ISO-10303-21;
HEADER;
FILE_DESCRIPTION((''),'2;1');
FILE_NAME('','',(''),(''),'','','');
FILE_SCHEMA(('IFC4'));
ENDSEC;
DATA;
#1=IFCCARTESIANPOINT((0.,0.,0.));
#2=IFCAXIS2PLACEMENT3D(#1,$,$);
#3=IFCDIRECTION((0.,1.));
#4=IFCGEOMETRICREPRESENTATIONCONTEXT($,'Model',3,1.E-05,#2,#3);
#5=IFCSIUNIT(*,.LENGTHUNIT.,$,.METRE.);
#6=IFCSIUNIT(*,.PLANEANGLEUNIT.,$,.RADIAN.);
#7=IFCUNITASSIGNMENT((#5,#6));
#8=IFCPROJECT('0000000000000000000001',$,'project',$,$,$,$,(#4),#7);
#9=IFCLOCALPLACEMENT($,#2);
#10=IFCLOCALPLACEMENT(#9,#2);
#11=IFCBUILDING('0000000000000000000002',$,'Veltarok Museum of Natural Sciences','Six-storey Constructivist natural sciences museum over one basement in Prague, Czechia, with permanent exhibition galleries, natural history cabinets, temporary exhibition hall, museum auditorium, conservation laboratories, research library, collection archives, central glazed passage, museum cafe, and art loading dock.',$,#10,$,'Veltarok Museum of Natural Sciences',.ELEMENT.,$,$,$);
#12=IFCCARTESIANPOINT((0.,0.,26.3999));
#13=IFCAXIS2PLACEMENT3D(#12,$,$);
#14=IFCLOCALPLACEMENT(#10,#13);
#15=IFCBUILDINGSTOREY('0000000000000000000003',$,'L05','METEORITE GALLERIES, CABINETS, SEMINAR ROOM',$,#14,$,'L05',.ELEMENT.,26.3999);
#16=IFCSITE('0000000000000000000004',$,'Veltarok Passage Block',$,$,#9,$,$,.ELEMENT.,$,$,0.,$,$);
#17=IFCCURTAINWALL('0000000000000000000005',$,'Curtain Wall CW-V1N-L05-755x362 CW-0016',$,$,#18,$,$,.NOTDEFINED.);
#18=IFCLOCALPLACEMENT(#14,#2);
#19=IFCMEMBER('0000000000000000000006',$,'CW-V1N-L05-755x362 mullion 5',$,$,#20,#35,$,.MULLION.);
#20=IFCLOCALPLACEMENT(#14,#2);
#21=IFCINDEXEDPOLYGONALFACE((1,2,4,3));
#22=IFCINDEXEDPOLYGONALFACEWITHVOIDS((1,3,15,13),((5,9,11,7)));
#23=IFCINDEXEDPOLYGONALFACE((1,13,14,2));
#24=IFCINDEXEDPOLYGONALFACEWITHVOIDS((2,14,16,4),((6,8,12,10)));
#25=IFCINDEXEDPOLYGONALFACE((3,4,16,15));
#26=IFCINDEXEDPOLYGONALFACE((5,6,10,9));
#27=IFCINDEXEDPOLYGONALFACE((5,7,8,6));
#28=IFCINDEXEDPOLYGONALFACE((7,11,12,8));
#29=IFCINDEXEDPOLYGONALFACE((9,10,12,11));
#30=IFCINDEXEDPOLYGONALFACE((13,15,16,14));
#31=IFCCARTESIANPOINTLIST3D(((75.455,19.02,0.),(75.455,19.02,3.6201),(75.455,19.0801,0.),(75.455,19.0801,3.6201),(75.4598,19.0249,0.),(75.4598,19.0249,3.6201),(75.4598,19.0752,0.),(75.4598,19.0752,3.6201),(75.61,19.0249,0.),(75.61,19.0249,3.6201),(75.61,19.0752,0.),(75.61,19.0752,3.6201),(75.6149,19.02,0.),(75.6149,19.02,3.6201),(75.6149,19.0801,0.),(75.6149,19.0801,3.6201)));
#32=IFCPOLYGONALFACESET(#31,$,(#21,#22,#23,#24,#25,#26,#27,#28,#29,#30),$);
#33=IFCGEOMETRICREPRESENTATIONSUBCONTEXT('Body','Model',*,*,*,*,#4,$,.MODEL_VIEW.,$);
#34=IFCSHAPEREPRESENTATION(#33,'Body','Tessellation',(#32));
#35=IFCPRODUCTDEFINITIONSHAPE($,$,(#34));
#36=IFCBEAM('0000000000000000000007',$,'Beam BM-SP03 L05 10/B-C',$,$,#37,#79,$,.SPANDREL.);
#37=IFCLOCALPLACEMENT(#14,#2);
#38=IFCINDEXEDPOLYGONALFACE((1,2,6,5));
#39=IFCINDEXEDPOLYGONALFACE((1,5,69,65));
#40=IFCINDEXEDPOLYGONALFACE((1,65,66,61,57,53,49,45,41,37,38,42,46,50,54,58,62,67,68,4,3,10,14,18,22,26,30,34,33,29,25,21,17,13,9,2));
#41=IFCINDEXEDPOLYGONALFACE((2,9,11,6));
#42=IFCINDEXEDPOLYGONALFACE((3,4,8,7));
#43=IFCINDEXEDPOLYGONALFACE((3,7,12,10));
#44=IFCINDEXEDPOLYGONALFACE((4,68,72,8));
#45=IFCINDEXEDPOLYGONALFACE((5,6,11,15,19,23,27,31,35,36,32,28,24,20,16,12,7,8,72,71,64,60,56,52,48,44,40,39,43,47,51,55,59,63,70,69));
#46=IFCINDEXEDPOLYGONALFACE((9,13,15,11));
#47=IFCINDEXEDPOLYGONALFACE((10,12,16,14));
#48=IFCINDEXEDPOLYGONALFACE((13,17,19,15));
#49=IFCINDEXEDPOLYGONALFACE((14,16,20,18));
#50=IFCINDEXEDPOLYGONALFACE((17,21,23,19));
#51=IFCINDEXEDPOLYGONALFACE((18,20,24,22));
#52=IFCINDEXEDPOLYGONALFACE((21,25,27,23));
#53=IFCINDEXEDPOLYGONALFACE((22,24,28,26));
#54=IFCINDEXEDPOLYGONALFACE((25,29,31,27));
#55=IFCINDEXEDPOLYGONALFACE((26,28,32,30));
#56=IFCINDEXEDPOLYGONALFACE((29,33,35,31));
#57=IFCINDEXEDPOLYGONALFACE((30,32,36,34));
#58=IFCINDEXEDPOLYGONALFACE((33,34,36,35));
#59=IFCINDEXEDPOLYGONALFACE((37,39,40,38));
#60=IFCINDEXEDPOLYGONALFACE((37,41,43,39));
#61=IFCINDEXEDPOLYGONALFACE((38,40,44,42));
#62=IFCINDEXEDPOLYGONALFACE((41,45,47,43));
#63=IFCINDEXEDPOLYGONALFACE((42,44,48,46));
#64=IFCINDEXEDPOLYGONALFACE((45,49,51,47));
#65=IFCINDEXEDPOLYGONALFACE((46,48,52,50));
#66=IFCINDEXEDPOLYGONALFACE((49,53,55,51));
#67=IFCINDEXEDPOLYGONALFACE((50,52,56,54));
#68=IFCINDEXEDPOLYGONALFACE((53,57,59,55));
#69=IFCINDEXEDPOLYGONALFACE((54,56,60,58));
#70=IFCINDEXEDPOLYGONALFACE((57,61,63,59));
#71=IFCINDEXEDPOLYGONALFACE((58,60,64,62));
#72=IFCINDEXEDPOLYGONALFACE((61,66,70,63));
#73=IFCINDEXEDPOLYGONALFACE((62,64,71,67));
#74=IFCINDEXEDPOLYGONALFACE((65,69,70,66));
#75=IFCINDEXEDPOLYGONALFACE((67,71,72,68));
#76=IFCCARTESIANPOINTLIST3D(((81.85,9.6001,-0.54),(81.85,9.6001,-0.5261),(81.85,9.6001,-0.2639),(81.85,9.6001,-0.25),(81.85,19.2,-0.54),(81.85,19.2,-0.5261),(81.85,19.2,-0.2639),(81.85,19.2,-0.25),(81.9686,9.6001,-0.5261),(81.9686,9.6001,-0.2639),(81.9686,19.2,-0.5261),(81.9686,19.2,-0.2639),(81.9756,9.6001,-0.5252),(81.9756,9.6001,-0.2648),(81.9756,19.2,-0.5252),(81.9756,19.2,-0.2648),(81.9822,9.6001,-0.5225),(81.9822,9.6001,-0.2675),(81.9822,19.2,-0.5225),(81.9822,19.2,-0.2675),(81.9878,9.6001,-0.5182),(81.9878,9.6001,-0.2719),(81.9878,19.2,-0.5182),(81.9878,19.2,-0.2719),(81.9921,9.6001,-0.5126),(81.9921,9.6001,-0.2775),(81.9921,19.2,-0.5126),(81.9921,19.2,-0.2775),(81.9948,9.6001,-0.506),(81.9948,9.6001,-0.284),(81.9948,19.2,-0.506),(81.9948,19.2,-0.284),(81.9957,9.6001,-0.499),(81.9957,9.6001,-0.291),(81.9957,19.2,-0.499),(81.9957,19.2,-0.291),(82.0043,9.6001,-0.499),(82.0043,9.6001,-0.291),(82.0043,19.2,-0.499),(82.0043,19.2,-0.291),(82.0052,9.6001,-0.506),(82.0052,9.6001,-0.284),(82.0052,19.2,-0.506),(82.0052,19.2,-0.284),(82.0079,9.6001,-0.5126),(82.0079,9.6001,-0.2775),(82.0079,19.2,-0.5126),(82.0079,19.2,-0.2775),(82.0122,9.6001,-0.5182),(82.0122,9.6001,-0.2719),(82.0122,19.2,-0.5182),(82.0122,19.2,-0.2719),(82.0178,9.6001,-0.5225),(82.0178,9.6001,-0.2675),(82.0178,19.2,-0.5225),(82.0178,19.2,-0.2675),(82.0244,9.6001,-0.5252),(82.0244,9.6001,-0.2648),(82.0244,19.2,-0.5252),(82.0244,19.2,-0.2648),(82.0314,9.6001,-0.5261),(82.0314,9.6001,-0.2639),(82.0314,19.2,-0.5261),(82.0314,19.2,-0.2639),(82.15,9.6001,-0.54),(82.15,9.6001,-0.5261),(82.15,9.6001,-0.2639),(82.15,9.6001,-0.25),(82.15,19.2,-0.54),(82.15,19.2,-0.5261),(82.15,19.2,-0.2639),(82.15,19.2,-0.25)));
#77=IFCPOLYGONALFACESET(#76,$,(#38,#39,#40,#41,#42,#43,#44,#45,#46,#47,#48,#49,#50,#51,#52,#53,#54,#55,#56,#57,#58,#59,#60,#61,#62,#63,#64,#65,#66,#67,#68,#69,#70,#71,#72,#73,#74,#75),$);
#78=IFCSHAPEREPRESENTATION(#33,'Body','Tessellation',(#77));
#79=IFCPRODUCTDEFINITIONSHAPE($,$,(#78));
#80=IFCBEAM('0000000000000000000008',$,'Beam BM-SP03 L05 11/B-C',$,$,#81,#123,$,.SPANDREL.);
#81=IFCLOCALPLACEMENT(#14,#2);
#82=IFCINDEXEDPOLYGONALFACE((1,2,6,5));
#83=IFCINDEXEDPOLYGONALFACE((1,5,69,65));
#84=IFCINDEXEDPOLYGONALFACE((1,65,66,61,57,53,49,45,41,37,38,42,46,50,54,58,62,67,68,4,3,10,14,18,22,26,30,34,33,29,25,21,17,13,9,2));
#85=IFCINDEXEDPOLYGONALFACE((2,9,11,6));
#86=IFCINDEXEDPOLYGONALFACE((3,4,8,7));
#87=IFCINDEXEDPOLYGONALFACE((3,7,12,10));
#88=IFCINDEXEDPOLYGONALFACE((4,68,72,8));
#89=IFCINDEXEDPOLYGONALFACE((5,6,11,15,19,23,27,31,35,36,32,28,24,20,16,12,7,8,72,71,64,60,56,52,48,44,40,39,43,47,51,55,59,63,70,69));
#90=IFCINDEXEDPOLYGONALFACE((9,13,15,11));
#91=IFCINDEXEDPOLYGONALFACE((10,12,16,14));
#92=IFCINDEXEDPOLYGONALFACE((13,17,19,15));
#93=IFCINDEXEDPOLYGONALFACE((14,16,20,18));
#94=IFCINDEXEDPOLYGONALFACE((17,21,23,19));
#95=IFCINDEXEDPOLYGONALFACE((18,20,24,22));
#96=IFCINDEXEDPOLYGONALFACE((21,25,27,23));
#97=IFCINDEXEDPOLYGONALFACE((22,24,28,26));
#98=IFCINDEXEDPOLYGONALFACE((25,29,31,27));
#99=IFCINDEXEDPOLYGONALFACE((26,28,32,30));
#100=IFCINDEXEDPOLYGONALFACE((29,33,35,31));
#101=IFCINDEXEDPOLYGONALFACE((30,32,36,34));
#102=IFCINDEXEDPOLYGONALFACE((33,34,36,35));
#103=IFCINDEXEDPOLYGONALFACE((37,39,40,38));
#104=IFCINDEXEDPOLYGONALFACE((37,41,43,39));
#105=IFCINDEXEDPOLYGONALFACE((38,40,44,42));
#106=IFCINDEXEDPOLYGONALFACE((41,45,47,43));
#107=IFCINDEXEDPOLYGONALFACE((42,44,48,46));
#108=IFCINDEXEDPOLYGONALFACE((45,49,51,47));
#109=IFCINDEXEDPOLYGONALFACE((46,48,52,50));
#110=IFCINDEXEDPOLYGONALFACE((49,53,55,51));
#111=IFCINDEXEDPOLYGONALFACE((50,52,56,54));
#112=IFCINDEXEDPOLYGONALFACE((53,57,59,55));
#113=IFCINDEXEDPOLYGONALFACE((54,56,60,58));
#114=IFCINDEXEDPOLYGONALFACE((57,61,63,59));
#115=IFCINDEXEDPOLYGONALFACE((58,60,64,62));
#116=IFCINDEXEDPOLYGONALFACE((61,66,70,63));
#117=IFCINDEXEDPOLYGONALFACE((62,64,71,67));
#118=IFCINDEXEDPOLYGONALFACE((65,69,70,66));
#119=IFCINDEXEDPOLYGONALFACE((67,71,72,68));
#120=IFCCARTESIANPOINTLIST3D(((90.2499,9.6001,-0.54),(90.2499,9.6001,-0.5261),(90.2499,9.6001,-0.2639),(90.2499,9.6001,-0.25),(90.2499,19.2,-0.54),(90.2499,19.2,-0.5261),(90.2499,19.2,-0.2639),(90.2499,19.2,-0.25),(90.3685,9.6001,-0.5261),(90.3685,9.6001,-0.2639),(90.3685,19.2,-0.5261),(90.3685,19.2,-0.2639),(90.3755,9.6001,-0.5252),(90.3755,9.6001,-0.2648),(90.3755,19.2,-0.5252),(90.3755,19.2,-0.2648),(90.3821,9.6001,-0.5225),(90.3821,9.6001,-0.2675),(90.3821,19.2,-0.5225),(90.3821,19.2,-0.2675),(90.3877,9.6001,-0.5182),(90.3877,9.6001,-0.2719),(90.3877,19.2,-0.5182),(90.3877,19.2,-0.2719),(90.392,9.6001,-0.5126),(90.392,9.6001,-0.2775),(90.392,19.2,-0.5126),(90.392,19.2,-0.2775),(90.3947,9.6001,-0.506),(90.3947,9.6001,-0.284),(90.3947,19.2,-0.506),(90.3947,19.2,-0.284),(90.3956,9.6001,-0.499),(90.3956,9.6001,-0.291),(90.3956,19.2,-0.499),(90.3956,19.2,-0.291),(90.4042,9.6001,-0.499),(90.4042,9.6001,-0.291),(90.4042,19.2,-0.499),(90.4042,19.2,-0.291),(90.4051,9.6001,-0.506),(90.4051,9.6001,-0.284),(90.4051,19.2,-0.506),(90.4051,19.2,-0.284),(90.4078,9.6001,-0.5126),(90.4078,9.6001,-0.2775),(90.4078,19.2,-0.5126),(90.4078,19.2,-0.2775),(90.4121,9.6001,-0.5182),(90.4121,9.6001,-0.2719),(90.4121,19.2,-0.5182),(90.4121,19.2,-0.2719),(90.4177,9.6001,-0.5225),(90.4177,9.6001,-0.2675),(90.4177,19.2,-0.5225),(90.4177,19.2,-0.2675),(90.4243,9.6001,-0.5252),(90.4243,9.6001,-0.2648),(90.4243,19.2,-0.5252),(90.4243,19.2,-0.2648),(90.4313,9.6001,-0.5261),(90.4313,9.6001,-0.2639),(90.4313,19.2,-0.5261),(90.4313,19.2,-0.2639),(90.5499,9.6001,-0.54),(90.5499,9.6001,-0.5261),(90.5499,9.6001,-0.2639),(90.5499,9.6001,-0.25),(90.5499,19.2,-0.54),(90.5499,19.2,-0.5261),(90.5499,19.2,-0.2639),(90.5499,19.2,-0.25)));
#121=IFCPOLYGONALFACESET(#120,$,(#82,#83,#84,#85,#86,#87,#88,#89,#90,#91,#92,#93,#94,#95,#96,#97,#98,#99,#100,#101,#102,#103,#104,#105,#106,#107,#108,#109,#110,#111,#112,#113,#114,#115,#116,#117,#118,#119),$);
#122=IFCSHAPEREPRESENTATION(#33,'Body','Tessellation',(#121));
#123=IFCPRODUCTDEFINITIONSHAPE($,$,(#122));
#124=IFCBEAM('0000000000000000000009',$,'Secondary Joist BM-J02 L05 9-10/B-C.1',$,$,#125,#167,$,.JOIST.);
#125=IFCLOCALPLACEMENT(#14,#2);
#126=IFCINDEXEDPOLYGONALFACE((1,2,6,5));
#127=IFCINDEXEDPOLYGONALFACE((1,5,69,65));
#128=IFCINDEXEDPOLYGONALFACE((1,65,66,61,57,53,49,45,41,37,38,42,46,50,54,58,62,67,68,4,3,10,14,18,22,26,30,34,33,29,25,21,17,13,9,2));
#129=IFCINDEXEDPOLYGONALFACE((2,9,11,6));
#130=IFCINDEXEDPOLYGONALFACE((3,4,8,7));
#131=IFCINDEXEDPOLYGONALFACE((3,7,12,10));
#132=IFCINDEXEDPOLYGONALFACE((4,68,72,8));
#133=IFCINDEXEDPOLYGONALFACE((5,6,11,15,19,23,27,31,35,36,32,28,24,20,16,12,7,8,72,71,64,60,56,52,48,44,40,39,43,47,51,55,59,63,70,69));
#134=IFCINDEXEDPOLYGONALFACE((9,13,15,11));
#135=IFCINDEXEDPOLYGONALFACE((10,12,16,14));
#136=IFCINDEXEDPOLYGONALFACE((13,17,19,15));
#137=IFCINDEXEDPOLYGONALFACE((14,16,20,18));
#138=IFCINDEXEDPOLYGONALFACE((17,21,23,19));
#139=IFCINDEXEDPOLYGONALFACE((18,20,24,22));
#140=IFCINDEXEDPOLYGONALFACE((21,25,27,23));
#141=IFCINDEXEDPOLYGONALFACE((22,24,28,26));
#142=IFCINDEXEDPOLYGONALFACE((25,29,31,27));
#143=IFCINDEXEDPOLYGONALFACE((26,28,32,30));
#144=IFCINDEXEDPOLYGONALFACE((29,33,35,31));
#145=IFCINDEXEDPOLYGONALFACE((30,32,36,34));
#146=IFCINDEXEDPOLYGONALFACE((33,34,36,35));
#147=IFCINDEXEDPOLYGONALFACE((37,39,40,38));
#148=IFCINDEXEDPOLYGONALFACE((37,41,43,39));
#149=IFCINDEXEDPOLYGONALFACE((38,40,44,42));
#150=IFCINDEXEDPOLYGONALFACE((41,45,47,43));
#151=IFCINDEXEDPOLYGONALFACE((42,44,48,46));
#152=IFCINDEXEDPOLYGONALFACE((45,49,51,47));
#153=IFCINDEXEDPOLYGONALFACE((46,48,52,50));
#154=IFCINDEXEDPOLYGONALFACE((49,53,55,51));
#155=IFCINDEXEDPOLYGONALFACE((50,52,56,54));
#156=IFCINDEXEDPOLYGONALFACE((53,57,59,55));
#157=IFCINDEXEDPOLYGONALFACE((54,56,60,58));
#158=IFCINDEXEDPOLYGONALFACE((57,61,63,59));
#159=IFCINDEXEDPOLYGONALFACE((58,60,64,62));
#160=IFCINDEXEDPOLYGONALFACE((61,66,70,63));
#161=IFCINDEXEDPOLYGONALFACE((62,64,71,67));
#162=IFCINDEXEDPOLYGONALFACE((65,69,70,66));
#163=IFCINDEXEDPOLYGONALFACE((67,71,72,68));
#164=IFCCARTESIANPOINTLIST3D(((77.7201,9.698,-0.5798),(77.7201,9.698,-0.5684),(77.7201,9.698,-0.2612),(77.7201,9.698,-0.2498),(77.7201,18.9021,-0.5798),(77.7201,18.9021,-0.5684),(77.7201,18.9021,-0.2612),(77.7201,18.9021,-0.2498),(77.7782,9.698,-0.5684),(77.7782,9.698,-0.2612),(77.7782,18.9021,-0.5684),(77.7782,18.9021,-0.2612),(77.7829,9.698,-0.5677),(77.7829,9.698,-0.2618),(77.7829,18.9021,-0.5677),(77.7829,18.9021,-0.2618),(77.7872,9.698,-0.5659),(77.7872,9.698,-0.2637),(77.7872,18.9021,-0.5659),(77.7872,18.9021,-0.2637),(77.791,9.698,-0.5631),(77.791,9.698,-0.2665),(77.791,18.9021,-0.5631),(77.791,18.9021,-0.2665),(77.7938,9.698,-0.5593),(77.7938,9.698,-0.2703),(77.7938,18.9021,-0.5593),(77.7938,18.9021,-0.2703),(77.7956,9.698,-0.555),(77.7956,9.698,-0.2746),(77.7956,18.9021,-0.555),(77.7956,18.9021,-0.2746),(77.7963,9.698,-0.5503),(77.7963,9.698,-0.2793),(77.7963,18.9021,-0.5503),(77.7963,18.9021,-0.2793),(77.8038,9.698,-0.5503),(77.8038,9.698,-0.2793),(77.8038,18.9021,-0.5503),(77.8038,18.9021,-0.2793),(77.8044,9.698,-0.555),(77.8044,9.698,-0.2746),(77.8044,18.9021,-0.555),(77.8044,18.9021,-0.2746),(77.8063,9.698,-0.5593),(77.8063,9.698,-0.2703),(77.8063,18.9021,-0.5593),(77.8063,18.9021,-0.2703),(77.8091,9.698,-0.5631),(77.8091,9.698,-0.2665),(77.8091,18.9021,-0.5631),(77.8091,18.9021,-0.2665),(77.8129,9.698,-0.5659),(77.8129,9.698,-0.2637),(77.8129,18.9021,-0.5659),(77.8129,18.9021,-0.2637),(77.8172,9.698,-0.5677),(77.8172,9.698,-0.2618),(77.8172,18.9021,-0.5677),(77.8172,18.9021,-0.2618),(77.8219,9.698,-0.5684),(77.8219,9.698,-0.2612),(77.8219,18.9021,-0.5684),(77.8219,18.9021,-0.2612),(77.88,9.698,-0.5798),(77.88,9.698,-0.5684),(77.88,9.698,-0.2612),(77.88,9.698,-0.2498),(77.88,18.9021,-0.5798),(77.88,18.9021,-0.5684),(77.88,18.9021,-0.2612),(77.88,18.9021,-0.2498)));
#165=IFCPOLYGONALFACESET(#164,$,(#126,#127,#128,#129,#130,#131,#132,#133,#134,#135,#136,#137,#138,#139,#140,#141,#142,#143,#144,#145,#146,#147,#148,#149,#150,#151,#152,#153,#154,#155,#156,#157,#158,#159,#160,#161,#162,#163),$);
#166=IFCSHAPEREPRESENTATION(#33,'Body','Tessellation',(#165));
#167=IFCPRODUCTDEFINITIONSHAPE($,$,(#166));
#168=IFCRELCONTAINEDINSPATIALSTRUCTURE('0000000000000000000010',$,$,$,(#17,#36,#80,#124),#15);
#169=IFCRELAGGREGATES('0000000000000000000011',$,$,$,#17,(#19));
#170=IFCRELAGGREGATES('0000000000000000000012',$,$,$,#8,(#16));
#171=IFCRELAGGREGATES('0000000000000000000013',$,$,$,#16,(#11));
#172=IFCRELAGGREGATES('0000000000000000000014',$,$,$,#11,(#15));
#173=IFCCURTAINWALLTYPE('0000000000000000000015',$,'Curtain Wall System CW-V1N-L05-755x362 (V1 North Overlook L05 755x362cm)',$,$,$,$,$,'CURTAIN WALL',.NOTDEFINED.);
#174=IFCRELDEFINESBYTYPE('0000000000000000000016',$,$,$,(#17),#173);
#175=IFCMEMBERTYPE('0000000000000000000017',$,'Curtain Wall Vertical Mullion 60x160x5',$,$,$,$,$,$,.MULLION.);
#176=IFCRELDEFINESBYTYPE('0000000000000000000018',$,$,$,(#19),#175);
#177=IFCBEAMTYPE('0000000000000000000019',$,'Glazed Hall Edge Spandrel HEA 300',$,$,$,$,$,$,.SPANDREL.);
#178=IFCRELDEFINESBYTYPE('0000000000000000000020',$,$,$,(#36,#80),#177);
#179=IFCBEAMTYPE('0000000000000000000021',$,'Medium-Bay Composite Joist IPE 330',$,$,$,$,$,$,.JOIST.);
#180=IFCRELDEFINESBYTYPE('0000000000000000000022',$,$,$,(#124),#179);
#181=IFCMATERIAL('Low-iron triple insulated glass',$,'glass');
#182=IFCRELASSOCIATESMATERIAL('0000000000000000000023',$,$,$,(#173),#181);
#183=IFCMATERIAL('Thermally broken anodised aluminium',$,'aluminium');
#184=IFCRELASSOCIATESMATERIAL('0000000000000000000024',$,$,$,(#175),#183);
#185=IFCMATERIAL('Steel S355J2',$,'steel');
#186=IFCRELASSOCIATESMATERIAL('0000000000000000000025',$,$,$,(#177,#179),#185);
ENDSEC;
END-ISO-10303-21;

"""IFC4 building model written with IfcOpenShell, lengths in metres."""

from ifc_helpers import new_model, si_unit, direction, frame, origin, origin_2d, place, context, subcontext, project, spatial, hollow_rectangle, i_section, extrude, material, material_profile, profile_set, type_object, element, aggregate, save


model = new_model("IFC4")

# Units and contexts
model_context = context("Model", 3, precision=1e-05, world=origin(), true_north=direction((0.0, 1.0)))
body_context = subcontext(model_context, "Body", "Model", "MODEL_VIEW")
ifc_project = project(units=[si_unit("LENGTHUNIT", "METRE"), si_unit("PLANEANGLEUNIT", "RADIAN")], contexts=[model_context])

# Site, building, storey
site_placement = place(None, origin())
site = spatial("IfcSite", under=ifc_project, at=site_placement, Name="Veltarok Passage Block", CompositionType="ELEMENT", RefElevation=0.0)
building_placement = place(site_placement, origin())
building = spatial("IfcBuilding", under=site, at=building_placement, Name="Veltarok Museum of Natural Sciences", Description="Six-storey Constructivist natural sciences museum over one basement in Prague, Czechia, with permanent exhibition galleries, natural history cabinets, temporary exhibition hall, museum auditorium, conservation laboratories, research library, collection archives, central glazed passage, museum cafe, and art loading dock.", LongName="Veltarok Museum of Natural Sciences", CompositionType="ELEMENT")
storey_placement = place(building_placement, frame((0.0, 0.0, 26.3999)))
storey = spatial("IfcBuildingStorey", under=building, at=storey_placement, Name="L05", Description="METEORITE GALLERIES, CABINETS, SEMINAR ROOM", LongName="L05", CompositionType="ELEMENT", Elevation=26.3999)

# Shared definitions
ifc_material_1 = material(Name="Steel S355J2", Category="steel")

# Curtain wall, member
ifc_material_2 = material(Name="Low-iron triple insulated glass", Category="glass")
curtain_wall_type = type_object("IfcCurtainWallType", Name="Curtain Wall System CW-V1N-L05-755x362 (V1 North Overlook L05 755x362cm)", ElementType="CURTAIN WALL", PredefinedType="NOTDEFINED", material=ifc_material_2)
curtain_wall_placement = place(storey_placement, origin())
curtain_wall = element("IfcCurtainWall", 1, at=curtain_wall_placement, inside=storey, type_object=curtain_wall_type, Name="Curtain Wall CW-V1N-L05-755x362 CW-0016", PredefinedType="NOTDEFINED")
ifc_material_3 = material(Name="Thermally broken anodised aluminium", Category="aluminium")
ifc_material_profile_1 = material_profile(ifc_material_3, hollow_rectangle(XDim=0.0601, YDim=0.1599, WallThickness=0.0049, at=origin_2d()), Name="CW MULLION 60x160x5")
ifc_profile_set_1 = profile_set([ifc_material_profile_1], Name="Thermally broken anodised aluminium")
member_type_1 = type_object("IfcMemberType", Name="Curtain Wall Vertical Mullion 60x160x5", PredefinedType="MULLION", material=ifc_profile_set_1)
member_1_placement = place(storey_placement, frame((75.5349, 19.05, 0.0), z_axis=(0.0, 0.0, 1.0), x_axis=(0.0, -1.0, 0.0)))
member_1 = element("IfcMember", 2, at=member_1_placement, type_object=member_type_1, Name="CW-V1N-L05-755x362 mullion 5", PredefinedType="MULLION", context=body_context, shape_type="SweptSolid", body=[
    extrude(hollow_rectangle(XDim=0.0601, YDim=0.1599, WallThickness=0.0049, at=origin_2d()), origin(), (0.0, 0.0, 1.0), 3.6201),
])

# Beams
ifc_material_profile_2 = material_profile(ifc_material_1, i_section(OverallWidth=0.3, OverallDepth=0.29, WebThickness=0.0085, FlangeThickness=0.0139, FilletRadius=0.0271, at=origin_2d()), Name="HEA 300")
ifc_profile_set_2 = profile_set([ifc_material_profile_2], Name="Steel S355J2")
beam_type_1 = type_object("IfcBeamType", Name="Glazed Hall Edge Spandrel HEA 300", PredefinedType="SPANDREL", material=ifc_profile_set_2)
for number, where, z_axis, x_axis, name in (
    (3, (82.0, 9.6001, -0.395), (0.0, 1.0, 0.0), (-1.0, 0.0, 0.0), "Beam BM-SP03 L05 10/B-C"),
    (4, (90.3999, 9.6001, -0.395), (0.0, 1.0, 0.0), (-1.0, 0.0, 0.0), "Beam BM-SP03 L05 11/B-C"),
):
    element("IfcBeam", number, at=place(storey_placement, frame(where, z_axis=z_axis, x_axis=x_axis)), inside=storey, type_object=beam_type_1, Name=name, PredefinedType="SPANDREL", context=body_context, shape_type="SweptSolid", body=[
        extrude(i_section(OverallWidth=0.3, OverallDepth=0.29, WebThickness=0.0085, FlangeThickness=0.0139, FilletRadius=0.0271, at=origin_2d()), origin(), (0.0, 0.0, 1.0), 9.5999),
    ])
ifc_material_profile_3 = material_profile(ifc_material_1, i_section(OverallWidth=0.1599, OverallDepth=0.3301, WebThickness=0.0076, FlangeThickness=0.0115, FilletRadius=0.0181, at=origin_2d()), Name="IPE 330")
ifc_profile_set_3 = profile_set([ifc_material_profile_3], Name="Steel S355J2")
beam_type_2 = type_object("IfcBeamType", Name="Medium-Bay Composite Joist IPE 330", PredefinedType="JOIST", material=ifc_profile_set_3)
for number, where, z_axis, x_axis, name in (
    (5, (77.8, 9.698, -0.4148), (0.0, 1.0, 0.0), (-1.0, 0.0, 0.0), "Secondary Joist BM-J02 L05 9-10/B-C.1"),
):
    element("IfcBeam", number, at=place(storey_placement, frame(where, z_axis=z_axis, x_axis=x_axis)), inside=storey, type_object=beam_type_2, Name=name, PredefinedType="JOIST", context=body_context, shape_type="SweptSolid", body=[
        extrude(i_section(OverallWidth=0.1599, OverallDepth=0.3301, WebThickness=0.0076, FlangeThickness=0.0115, FilletRadius=0.0181, at=origin_2d()), origin(), (0.0, 0.0, 1.0), 9.2041),
    ])

aggregate(curtain_wall, [member_1])

save(model, "model.ifc")
